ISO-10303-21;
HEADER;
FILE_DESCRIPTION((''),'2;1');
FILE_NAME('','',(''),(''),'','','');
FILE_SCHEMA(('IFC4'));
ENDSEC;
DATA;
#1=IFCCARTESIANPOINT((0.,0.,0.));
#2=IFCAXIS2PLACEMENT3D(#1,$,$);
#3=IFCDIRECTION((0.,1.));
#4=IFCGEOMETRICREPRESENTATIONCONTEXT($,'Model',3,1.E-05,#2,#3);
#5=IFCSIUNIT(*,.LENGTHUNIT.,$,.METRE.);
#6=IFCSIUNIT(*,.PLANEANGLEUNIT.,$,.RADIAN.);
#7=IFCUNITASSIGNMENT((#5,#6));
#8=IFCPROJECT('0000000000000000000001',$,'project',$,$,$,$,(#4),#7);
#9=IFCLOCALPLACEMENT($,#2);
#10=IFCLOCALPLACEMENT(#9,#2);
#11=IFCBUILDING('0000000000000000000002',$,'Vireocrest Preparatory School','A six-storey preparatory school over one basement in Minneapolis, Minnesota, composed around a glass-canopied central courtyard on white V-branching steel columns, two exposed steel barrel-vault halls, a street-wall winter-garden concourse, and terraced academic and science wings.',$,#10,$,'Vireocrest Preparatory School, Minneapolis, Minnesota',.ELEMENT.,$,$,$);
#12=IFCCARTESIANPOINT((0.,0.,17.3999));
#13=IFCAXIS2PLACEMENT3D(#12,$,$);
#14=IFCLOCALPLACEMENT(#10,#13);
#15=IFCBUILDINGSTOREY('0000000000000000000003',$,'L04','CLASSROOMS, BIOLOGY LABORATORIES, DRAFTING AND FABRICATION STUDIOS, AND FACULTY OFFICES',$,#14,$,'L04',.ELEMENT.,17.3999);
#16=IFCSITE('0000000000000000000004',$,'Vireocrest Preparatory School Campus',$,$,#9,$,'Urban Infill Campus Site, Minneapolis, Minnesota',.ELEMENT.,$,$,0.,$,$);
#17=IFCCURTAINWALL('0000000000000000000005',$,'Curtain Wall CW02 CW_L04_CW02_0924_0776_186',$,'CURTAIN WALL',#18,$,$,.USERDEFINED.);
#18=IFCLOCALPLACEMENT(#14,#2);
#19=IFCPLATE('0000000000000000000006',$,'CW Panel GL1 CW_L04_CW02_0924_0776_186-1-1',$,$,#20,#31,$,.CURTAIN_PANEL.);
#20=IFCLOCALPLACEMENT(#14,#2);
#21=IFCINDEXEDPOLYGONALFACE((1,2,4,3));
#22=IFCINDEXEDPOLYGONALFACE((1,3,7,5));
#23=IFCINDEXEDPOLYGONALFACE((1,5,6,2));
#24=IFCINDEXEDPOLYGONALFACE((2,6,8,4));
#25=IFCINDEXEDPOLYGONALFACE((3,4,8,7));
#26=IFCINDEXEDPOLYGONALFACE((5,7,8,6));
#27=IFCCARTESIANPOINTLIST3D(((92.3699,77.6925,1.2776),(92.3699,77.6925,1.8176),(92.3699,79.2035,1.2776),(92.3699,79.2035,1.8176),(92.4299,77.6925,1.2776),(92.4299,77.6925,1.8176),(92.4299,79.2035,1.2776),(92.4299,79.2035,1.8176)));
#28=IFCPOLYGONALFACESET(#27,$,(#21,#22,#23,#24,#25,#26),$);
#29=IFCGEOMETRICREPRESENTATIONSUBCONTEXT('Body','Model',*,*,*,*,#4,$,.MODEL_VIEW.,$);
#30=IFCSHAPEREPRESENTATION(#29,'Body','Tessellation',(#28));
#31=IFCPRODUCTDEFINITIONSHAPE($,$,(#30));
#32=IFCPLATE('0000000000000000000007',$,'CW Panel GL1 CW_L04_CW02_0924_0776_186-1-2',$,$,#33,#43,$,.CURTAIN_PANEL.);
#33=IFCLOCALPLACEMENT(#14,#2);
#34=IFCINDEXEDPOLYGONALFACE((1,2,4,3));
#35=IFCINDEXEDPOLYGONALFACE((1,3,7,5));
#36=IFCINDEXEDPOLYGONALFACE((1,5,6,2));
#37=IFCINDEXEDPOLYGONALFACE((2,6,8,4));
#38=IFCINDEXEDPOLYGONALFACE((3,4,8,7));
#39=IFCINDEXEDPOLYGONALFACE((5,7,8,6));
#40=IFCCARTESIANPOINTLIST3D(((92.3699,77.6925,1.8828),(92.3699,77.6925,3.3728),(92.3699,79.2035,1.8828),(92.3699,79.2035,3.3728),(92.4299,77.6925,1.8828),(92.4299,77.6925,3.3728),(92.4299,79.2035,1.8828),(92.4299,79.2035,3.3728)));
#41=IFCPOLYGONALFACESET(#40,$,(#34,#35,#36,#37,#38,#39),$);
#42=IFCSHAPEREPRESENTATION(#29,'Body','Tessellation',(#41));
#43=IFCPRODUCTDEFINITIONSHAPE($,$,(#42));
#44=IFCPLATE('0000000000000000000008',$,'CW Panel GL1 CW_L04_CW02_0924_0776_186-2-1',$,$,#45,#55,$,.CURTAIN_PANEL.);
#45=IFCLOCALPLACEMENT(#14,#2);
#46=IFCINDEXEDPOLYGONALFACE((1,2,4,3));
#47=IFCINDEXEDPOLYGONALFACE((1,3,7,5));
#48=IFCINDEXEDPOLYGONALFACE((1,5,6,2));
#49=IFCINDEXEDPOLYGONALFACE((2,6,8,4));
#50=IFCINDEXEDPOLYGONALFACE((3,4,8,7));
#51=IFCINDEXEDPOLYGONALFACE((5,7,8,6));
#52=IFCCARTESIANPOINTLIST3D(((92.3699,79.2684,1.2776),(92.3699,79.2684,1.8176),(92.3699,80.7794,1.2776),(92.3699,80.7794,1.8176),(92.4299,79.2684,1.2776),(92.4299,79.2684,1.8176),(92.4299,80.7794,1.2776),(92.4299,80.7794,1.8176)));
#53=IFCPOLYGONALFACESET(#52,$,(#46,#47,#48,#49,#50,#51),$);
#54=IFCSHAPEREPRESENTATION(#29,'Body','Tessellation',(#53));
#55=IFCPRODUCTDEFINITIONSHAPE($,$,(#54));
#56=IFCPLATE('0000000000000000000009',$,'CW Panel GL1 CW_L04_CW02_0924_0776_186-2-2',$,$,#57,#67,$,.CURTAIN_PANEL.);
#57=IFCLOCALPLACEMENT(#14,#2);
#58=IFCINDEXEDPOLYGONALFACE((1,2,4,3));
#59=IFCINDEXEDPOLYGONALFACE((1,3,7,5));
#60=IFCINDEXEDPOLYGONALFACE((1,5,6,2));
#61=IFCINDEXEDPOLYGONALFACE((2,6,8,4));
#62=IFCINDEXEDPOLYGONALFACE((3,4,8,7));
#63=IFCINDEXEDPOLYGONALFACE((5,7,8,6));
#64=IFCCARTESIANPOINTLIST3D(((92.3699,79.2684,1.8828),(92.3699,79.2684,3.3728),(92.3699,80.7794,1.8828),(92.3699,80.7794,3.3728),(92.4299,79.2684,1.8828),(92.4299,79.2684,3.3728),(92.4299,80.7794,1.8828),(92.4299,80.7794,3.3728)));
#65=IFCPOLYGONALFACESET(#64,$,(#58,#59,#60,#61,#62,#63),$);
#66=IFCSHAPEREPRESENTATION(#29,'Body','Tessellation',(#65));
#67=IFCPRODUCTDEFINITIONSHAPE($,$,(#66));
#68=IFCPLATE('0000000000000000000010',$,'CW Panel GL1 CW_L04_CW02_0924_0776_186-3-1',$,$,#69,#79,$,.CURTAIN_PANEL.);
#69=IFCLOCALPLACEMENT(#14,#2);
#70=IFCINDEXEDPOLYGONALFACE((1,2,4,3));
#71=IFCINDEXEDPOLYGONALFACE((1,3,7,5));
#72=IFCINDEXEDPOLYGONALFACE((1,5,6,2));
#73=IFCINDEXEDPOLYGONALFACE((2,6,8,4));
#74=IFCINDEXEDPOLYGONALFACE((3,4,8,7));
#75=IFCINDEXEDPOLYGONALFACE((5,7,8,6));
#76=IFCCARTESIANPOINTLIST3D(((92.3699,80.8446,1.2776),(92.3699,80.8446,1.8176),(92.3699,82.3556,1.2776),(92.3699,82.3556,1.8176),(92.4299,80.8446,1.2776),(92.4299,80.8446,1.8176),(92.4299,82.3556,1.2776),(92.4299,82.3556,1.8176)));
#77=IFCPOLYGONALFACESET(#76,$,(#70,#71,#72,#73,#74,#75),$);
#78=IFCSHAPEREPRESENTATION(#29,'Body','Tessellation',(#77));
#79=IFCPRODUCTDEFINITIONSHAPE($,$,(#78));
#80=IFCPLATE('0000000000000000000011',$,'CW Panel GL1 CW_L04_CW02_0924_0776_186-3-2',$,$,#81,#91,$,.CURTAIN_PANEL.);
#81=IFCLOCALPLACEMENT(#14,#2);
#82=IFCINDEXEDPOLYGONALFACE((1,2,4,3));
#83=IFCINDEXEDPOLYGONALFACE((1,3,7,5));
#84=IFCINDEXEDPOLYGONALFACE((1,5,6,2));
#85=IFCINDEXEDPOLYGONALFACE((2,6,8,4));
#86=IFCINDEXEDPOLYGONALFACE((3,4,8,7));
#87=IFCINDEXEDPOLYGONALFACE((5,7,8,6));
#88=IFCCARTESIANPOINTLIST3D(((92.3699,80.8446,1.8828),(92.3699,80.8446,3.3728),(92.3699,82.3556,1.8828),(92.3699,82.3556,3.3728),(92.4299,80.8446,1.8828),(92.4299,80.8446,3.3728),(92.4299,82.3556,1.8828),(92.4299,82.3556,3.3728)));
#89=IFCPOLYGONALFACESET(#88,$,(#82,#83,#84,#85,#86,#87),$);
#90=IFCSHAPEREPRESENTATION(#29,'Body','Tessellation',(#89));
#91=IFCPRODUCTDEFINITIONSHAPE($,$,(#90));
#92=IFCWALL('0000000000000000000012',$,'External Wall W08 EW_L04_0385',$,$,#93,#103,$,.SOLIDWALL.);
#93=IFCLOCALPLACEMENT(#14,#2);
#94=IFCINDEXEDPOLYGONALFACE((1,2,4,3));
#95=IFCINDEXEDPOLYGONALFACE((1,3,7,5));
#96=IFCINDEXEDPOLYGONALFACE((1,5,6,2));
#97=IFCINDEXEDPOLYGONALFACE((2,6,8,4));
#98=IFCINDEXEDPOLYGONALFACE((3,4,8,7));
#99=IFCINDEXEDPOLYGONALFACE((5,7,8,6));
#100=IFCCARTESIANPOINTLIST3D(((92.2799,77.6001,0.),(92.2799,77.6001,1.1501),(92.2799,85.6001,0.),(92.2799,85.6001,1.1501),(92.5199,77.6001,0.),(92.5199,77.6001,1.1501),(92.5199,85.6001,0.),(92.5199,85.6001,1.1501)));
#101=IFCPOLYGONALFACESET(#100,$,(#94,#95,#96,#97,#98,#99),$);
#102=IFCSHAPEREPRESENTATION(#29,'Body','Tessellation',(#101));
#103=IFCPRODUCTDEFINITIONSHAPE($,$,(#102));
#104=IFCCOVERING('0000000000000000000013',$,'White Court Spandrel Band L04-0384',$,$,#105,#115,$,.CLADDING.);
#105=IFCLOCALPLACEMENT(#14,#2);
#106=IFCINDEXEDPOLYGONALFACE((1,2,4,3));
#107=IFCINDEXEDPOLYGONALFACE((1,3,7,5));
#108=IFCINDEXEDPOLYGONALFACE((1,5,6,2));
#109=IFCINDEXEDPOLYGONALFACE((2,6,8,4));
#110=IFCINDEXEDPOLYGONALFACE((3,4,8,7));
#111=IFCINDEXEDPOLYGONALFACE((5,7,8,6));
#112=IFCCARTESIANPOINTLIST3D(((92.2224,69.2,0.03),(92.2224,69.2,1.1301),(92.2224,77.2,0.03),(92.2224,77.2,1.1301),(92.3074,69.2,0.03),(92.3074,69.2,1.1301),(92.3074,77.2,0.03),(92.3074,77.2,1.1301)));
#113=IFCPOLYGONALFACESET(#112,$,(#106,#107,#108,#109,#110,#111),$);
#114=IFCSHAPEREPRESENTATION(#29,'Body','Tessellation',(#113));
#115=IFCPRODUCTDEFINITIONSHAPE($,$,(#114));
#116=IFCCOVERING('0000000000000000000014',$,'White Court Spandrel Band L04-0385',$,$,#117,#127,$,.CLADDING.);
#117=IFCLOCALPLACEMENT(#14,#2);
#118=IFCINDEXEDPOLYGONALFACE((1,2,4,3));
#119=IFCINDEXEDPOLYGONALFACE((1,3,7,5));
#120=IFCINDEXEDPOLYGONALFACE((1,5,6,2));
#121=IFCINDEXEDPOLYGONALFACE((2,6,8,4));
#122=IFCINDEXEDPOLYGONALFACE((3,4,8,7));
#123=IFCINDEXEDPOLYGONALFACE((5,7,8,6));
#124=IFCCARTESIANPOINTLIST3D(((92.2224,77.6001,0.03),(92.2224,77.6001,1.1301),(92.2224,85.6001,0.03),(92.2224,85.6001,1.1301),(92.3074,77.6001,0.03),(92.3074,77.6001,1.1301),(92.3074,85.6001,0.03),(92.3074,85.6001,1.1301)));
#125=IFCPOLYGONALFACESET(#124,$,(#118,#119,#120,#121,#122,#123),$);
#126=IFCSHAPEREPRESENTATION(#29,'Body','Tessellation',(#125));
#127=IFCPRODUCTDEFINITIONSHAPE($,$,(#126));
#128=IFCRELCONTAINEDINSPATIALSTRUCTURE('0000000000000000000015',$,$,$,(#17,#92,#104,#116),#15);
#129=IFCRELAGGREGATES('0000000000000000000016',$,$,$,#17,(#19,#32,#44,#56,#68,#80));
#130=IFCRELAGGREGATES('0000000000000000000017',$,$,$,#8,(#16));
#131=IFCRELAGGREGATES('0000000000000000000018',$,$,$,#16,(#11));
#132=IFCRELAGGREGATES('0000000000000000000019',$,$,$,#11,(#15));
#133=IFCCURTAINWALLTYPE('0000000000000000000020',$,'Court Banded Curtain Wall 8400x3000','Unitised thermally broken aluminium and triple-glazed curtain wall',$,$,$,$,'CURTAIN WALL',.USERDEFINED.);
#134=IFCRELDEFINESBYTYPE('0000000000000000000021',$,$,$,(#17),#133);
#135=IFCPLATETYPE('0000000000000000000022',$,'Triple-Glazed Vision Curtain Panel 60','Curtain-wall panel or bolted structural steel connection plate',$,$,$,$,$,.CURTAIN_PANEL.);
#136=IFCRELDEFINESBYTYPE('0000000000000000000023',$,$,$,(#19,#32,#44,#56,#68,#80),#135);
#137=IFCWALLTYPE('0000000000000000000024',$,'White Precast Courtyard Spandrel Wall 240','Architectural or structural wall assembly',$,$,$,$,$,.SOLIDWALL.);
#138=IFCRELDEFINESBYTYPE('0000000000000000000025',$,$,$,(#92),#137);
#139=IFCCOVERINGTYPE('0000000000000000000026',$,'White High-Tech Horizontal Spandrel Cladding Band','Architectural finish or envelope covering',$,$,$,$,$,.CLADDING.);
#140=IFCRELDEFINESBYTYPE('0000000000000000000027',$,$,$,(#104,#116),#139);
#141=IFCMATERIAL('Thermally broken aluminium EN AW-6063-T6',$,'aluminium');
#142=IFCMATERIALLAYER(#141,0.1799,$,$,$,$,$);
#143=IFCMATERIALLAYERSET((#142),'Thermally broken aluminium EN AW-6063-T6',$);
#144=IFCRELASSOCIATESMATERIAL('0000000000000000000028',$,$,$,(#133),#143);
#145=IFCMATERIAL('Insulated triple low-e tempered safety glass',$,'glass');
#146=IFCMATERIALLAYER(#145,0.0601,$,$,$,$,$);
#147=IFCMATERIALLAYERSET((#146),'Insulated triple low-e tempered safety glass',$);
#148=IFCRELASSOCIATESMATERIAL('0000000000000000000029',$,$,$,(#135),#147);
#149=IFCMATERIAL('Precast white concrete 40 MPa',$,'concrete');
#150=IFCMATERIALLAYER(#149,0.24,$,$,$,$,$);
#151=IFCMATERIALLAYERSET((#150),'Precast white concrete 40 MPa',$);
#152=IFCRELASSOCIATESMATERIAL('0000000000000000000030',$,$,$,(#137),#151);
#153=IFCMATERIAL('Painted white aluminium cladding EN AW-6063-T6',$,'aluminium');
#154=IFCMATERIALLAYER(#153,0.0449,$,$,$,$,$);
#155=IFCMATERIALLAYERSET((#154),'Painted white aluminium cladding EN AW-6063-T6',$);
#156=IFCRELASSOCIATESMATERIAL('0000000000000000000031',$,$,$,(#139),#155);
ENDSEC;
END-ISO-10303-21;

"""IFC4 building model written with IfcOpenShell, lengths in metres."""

from ifc_helpers import new_model, si_unit, direction, frame, frame_2d, origin, origin_2d, place, context, subcontext, project, spatial, rectangle, extrude, material, layer, layer_set, type_object, element, aggregate, save


model = new_model("IFC4")

# Units and contexts
model_context = context("Model", 3, precision=1e-05, world=origin(), true_north=direction((0.0, 1.0)))
body_context = subcontext(model_context, "Body", "Model", "MODEL_VIEW")
ifc_project = project(units=[si_unit("LENGTHUNIT", "METRE"), si_unit("PLANEANGLEUNIT", "RADIAN")], contexts=[model_context])

# Site, building, storey
site_placement = place(None, origin())
site = spatial("IfcSite", under=ifc_project, at=site_placement, Name="Vireocrest Preparatory School Campus", LongName="Urban Infill Campus Site, Minneapolis, Minnesota", CompositionType="ELEMENT", RefElevation=0.0)
building_placement = place(site_placement, origin())
building = spatial("IfcBuilding", under=site, at=building_placement, Name="Vireocrest Preparatory School", Description="A six-storey preparatory school over one basement in Minneapolis, Minnesota, composed around a glass-canopied central courtyard on white V-branching steel columns, two exposed steel barrel-vault halls, a street-wall winter-garden concourse, and terraced academic and science wings.", LongName="Vireocrest Preparatory School, Minneapolis, Minnesota", CompositionType="ELEMENT")
storey_placement = place(building_placement, frame((0.0, 0.0, 17.3999)))
storey = spatial("IfcBuildingStorey", under=building, at=storey_placement, Name="L04", Description="CLASSROOMS, BIOLOGY LABORATORIES, DRAFTING AND FABRICATION STUDIOS, AND FACULTY OFFICES", LongName="L04", CompositionType="ELEMENT", Elevation=17.3999)

# Curtain wall
ifc_material_1 = material(Name="Thermally broken aluminium EN AW-6063-T6", Category="aluminium")
ifc_layer_1 = layer(ifc_material_1, 0.1799)
ifc_layer_set_1 = layer_set([ifc_layer_1], Name="Thermally broken aluminium EN AW-6063-T6")
curtain_wall_type = type_object("IfcCurtainWallType", Name="Court Banded Curtain Wall 8400x3000", Description="Unitised thermally broken aluminium and triple-glazed curtain wall", ElementType="CURTAIN WALL", PredefinedType="USERDEFINED", material=ifc_layer_set_1)
curtain_wall_1_placement = place(storey_placement, origin())
curtain_wall_1 = element("IfcCurtainWall", 1, at=curtain_wall_1_placement, inside=storey, type_object=curtain_wall_type, Name="Curtain Wall CW02 CW_L04_CW02_0924_0776_186", ObjectType="CURTAIN WALL", PredefinedType="USERDEFINED")

# Plates
ifc_material_2 = material(Name="Insulated triple low-e tempered safety glass", Category="glass")
ifc_layer_2 = layer(ifc_material_2, 0.0601)
ifc_layer_set_2 = layer_set([ifc_layer_2], Name="Insulated triple low-e tempered safety glass")
plate_type = type_object("IfcPlateType", Name="Triple-Glazed Vision Curtain Panel 60", Description="Curtain-wall panel or bolted structural steel connection plate", PredefinedType="CURTAIN_PANEL", material=ifc_layer_set_2)
plate_1_placement = place(storey_placement, frame((92.3999, 78.448, 1.2776), z_axis=(0.0, 0.0, 1.0), x_axis=(0.0, 1.0, 0.0)))
plate_1 = element("IfcPlate", 2, at=plate_1_placement, type_object=plate_type, Name="CW Panel GL1 CW_L04_CW02_0924_0776_186-1-1", PredefinedType="CURTAIN_PANEL", context=body_context, shape_type="SweptSolid", body=[
    extrude(rectangle(XDim=1.511, YDim=0.0601, at=origin_2d()), origin(), (0.0, 0.0, 1.0), 0.54),
])
plate_2_placement = place(storey_placement, frame((92.3999, 78.448, 1.8828), z_axis=(0.0, 0.0, 1.0), x_axis=(0.0, 1.0, 0.0)))
plate_2 = element("IfcPlate", 3, at=plate_2_placement, type_object=plate_type, Name="CW Panel GL1 CW_L04_CW02_0924_0776_186-1-2", PredefinedType="CURTAIN_PANEL", context=body_context, shape_type="SweptSolid", body=[
    extrude(rectangle(XDim=1.511, YDim=0.0601, at=origin_2d()), origin(), (0.0, 0.0, 1.0), 1.49),
])
plate_3_placement = place(storey_placement, frame((92.3999, 80.0239, 1.2776), z_axis=(0.0, 0.0, 1.0), x_axis=(0.0, 1.0, 0.0)))
plate_3 = element("IfcPlate", 4, at=plate_3_placement, type_object=plate_type, Name="CW Panel GL1 CW_L04_CW02_0924_0776_186-2-1", PredefinedType="CURTAIN_PANEL", context=body_context, shape_type="SweptSolid", body=[
    extrude(rectangle(XDim=1.511, YDim=0.0601, at=origin_2d()), origin(), (0.0, 0.0, 1.0), 0.54),
])
plate_4_placement = place(storey_placement, frame((92.3999, 80.0239, 1.8828), z_axis=(0.0, 0.0, 1.0), x_axis=(0.0, 1.0, 0.0)))
plate_4 = element("IfcPlate", 5, at=plate_4_placement, type_object=plate_type, Name="CW Panel GL1 CW_L04_CW02_0924_0776_186-2-2", PredefinedType="CURTAIN_PANEL", context=body_context, shape_type="SweptSolid", body=[
    extrude(rectangle(XDim=1.511, YDim=0.0601, at=origin_2d()), origin(), (0.0, 0.0, 1.0), 1.49),
])
plate_5_placement = place(storey_placement, frame((92.3999, 81.6001, 1.2776), z_axis=(0.0, 0.0, 1.0), x_axis=(0.0, 1.0, 0.0)))
plate_5 = element("IfcPlate", 6, at=plate_5_placement, type_object=plate_type, Name="CW Panel GL1 CW_L04_CW02_0924_0776_186-3-1", PredefinedType="CURTAIN_PANEL", context=body_context, shape_type="SweptSolid", body=[
    extrude(rectangle(XDim=1.511, YDim=0.0601, at=origin_2d()), origin(), (0.0, 0.0, 1.0), 0.54),
])
plate_6_placement = place(storey_placement, frame((92.3999, 81.6001, 1.8828), z_axis=(0.0, 0.0, 1.0), x_axis=(0.0, 1.0, 0.0)))
plate_6 = element("IfcPlate", 7, at=plate_6_placement, type_object=plate_type, Name="CW Panel GL1 CW_L04_CW02_0924_0776_186-3-2", PredefinedType="CURTAIN_PANEL", context=body_context, shape_type="SweptSolid", body=[
    extrude(rectangle(XDim=1.511, YDim=0.0601, at=origin_2d()), origin(), (0.0, 0.0, 1.0), 1.49),
])
aggregate(curtain_wall_1, [plate_1, plate_2, plate_3, plate_4, plate_5, plate_6])

# Wall
ifc_material_3 = material(Name="Precast white concrete 40 MPa", Category="concrete")
ifc_layer_3 = layer(ifc_material_3, 0.24)
ifc_layer_set_3 = layer_set([ifc_layer_3], Name="Precast white concrete 40 MPa")
wall_type = type_object("IfcWallType", Name="White Precast Courtyard Spandrel Wall 240", Description="Architectural or structural wall assembly", PredefinedType="SOLIDWALL", material=ifc_layer_set_3)
wall_placement = place(storey_placement, frame((92.3999, 77.6001, 0.0), z_axis=(0.0, 0.0, 1.0), x_axis=(0.0, 1.0, 0.0)))
element("IfcWall", 8, at=wall_placement, inside=storey, type_object=wall_type, Name="External Wall W08 EW_L04_0385", PredefinedType="SOLIDWALL", context=body_context, shape_type="SweptSolid", body=[
    extrude(rectangle(XDim=8.0, YDim=0.24, at=frame_2d((4.0, 0.0))), origin(), (0.0, 0.0, 1.0), 1.1501),
])

# Coverings
ifc_material_4 = material(Name="Painted white aluminium cladding EN AW-6063-T6", Category="aluminium")
ifc_layer_4 = layer(ifc_material_4, 0.0449)
ifc_layer_set_4 = layer_set([ifc_layer_4], Name="Painted white aluminium cladding EN AW-6063-T6")
covering_type = type_object("IfcCoveringType", Name="White High-Tech Horizontal Spandrel Cladding Band", Description="Architectural finish or envelope covering", PredefinedType="CLADDING", material=ifc_layer_set_4)
for number, where, z_axis, x_axis, name in (
    (9, (92.2649, 73.2, 0.03), (0.0, 0.0, 1.0), (1.0, 0.0, 0.0), "White Court Spandrel Band L04-0384"),
    (10, (92.2649, 81.6001, 0.03), (0.0, 0.0, 1.0), (1.0, 0.0, 0.0), "White Court Spandrel Band L04-0385"),
):
    element("IfcCovering", number, at=place(storey_placement, frame(where, z_axis=z_axis, x_axis=x_axis)), inside=storey, type_object=covering_type, Name=name, PredefinedType="CLADDING", context=body_context, shape_type="SweptSolid", body=[
        extrude(rectangle(XDim=0.085, YDim=8.0, at=origin_2d()), origin(), (0.0, 0.0, 1.0), 1.1001),
    ])

save(model, "model.ifc")
